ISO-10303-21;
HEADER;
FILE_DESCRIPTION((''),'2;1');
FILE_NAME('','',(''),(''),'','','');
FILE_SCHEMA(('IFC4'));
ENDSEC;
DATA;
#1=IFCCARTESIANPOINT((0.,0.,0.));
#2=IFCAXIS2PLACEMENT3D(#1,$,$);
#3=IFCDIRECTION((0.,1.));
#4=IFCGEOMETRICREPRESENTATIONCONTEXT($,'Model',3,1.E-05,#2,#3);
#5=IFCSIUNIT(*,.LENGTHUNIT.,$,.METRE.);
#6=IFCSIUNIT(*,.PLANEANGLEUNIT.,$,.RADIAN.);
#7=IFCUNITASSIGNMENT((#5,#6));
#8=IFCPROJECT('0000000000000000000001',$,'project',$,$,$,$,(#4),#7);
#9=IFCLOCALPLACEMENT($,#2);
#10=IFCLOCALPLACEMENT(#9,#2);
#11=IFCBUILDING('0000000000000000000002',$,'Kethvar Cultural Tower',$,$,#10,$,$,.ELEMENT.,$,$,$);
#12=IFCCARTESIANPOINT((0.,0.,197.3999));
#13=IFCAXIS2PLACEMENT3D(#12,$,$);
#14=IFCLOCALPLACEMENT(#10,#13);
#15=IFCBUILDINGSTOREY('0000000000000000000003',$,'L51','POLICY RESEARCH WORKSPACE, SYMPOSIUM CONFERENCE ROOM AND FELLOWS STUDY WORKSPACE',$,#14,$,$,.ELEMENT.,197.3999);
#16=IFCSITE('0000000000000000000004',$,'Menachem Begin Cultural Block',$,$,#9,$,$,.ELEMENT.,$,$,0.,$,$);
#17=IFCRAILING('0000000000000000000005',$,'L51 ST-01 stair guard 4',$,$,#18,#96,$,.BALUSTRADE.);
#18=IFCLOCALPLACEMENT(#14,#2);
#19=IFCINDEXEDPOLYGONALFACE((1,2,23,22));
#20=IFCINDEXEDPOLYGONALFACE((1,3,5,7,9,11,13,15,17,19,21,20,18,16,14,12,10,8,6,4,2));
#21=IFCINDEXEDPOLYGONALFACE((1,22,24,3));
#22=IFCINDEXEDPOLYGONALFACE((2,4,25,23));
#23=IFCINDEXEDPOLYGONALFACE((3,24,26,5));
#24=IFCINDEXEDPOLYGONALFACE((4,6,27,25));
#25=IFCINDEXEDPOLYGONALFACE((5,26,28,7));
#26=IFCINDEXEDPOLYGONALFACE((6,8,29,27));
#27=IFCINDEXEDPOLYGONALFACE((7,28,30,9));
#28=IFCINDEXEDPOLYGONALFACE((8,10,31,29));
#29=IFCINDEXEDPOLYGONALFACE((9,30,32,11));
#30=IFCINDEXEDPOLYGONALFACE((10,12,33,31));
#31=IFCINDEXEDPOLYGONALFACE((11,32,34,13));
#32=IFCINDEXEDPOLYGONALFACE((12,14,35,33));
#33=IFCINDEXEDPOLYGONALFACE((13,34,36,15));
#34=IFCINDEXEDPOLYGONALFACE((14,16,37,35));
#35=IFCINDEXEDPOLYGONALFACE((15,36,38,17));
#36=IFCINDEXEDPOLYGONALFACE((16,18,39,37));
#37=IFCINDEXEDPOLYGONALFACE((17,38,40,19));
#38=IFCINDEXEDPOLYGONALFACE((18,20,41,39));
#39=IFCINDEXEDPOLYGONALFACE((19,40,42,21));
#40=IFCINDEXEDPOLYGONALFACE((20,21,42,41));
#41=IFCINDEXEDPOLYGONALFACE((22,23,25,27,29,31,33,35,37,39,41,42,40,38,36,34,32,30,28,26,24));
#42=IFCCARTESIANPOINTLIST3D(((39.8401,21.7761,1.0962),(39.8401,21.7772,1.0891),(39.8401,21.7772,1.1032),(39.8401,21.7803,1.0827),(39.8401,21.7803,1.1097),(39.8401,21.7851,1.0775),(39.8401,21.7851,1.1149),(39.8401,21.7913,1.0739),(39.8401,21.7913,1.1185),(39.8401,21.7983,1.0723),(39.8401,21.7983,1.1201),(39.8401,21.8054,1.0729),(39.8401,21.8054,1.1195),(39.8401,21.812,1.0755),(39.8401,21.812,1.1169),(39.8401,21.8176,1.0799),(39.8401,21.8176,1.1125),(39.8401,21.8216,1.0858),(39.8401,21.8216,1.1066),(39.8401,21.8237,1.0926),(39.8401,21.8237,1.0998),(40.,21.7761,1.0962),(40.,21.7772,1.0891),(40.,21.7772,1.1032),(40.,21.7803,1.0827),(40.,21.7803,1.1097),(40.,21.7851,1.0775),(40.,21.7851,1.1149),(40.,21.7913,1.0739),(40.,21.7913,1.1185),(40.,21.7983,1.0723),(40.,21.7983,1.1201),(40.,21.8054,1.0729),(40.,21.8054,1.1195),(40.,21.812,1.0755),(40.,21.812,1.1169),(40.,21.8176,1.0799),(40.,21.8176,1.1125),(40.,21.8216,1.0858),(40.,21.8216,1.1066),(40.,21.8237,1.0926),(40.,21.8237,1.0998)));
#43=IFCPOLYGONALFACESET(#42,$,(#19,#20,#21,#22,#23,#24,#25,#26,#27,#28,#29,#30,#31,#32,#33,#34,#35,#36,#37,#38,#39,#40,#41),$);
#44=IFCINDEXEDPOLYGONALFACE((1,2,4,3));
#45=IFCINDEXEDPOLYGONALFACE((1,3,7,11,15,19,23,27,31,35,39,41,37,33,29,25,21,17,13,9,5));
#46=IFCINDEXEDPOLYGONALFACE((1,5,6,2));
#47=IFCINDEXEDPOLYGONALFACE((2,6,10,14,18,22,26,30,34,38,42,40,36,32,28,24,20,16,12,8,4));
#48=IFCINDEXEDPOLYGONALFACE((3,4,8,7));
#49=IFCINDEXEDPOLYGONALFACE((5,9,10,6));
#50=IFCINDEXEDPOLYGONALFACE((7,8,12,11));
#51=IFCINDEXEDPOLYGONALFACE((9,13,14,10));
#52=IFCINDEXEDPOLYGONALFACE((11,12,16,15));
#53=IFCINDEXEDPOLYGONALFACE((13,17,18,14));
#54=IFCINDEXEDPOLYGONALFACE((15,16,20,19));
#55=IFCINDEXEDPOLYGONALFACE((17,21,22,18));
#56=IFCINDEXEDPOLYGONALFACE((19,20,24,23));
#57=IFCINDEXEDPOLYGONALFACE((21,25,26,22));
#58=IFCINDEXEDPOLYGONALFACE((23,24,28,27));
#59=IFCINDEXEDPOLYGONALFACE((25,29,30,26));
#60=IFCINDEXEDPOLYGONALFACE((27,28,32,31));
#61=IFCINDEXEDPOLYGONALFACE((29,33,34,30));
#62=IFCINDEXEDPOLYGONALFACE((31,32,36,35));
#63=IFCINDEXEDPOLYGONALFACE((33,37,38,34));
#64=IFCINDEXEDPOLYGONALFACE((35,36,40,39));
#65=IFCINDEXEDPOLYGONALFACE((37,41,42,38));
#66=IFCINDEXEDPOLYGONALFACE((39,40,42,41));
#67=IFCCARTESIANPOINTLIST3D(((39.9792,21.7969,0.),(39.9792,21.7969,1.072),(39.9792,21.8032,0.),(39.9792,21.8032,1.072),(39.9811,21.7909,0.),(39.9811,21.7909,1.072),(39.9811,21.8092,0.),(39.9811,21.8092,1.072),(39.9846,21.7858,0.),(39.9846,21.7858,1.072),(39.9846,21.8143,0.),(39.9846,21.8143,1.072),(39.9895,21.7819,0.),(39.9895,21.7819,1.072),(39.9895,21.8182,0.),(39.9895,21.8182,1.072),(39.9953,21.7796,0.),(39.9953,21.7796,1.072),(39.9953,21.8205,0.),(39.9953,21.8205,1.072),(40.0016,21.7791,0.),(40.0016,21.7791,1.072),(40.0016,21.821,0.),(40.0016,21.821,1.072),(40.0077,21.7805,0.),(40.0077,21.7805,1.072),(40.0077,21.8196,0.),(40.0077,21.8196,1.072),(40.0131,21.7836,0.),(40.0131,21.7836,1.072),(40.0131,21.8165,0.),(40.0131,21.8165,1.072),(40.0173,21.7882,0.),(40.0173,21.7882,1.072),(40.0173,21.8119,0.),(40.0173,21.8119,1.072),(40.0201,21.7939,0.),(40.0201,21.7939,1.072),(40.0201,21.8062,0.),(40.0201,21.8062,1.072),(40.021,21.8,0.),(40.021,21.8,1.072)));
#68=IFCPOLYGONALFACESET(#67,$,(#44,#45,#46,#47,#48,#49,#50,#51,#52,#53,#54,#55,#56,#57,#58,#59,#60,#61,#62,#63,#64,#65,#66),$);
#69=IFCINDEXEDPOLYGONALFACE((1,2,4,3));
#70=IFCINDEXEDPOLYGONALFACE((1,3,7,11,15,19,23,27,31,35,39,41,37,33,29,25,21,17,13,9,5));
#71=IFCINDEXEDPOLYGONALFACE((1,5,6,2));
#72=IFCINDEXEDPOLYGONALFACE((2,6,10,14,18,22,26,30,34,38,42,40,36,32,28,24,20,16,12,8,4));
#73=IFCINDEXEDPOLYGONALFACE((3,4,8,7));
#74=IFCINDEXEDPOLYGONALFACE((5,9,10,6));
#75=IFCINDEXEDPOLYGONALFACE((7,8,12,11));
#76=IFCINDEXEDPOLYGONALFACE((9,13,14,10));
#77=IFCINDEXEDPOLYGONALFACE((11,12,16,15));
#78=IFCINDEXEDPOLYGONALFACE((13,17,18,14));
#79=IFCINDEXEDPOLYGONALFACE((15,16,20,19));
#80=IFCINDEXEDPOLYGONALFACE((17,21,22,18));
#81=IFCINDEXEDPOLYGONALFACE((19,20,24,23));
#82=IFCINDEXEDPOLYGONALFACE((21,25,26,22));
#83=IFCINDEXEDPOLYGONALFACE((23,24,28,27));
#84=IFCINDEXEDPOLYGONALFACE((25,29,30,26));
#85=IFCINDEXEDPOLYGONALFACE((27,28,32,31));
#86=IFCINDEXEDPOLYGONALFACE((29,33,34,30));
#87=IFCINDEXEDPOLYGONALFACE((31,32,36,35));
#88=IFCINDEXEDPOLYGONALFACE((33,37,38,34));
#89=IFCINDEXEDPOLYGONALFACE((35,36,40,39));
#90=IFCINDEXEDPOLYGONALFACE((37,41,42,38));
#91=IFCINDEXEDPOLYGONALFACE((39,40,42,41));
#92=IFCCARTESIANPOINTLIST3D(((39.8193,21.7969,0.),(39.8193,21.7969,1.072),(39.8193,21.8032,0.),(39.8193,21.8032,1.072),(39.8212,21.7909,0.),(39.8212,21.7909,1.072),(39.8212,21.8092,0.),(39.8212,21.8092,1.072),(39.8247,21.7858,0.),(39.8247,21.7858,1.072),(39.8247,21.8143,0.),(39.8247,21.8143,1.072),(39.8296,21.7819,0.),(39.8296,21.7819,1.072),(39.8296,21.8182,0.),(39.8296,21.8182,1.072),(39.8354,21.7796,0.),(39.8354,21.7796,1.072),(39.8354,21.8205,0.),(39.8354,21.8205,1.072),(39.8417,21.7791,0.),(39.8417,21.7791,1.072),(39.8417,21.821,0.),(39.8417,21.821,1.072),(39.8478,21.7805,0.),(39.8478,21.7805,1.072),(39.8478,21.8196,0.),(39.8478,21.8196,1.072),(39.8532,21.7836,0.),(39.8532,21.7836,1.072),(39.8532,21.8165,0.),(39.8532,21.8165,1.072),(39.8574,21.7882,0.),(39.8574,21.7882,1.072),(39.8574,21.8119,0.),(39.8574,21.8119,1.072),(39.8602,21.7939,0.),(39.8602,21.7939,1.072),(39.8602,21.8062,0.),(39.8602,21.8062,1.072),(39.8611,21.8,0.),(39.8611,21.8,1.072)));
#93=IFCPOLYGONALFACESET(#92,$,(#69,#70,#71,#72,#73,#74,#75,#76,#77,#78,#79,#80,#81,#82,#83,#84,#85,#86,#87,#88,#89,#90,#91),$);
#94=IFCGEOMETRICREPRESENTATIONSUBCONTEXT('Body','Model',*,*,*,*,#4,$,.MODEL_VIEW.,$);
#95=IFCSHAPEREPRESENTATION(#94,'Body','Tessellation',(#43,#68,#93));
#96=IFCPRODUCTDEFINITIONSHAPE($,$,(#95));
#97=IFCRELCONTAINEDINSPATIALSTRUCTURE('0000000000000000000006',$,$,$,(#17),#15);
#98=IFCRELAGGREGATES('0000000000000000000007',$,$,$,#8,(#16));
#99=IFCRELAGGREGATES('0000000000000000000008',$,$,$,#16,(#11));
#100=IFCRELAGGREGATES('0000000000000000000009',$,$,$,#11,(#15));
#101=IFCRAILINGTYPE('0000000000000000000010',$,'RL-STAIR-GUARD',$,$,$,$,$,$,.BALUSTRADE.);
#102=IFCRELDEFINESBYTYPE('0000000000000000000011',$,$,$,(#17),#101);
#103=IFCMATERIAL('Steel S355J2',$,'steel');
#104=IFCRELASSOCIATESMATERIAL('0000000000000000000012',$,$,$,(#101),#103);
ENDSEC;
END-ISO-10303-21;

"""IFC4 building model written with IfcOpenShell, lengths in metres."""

from ifc_helpers import new_model, si_unit, direction, frame, origin, origin_2d, place, context, subcontext, project, spatial, circle, extrude, material, type_object, element, save


model = new_model("IFC4")

# Units and contexts
model_context = context("Model", 3, precision=1e-05, world=origin(), true_north=direction((0.0, 1.0)))
body_context = subcontext(model_context, "Body", "Model", "MODEL_VIEW")
ifc_project = project(units=[si_unit("LENGTHUNIT", "METRE"), si_unit("PLANEANGLEUNIT", "RADIAN")], contexts=[model_context])

# Site, building, storey
site_placement = place(None, origin())
site = spatial("IfcSite", under=ifc_project, at=site_placement, Name="Menachem Begin Cultural Block", CompositionType="ELEMENT", RefElevation=0.0)
building_placement = place(site_placement, origin())
building = spatial("IfcBuilding", under=site, at=building_placement, Name="Kethvar Cultural Tower", CompositionType="ELEMENT")
storey_placement = place(building_placement, frame((0.0, 0.0, 197.3999)))
storey = spatial("IfcBuildingStorey", under=building, at=storey_placement, Name="L51", Description="POLICY RESEARCH WORKSPACE, SYMPOSIUM CONFERENCE ROOM AND FELLOWS STUDY WORKSPACE", CompositionType="ELEMENT", Elevation=197.3999)

# Shared definitions
ifc_material_1 = material(Name="Steel S355J2", Category="steel")

# Railing
railing_type_1 = type_object("IfcRailingType", Name="RL-STAIR-GUARD", PredefinedType="BALUSTRADE", material=ifc_material_1)
railing_1_placement = place(storey_placement, frame((40.0, 21.8, 0.0)))
element("IfcRailing", 1, at=railing_1_placement, inside=storey, type_object=railing_type_1, Name="L51 ST-01 stair guard 4", PredefinedType="BALUSTRADE", context=body_context, shape_type="SweptSolid", body=[
    extrude(circle(Radius=0.0239, at=origin_2d()), frame((0.0, 0.0, 1.0962), z_axis=(-1.0, 0.0, 0.0), x_axis=(0.0, -1.0, 0.0)), (0.0, 0.0, 1.0), 0.1599),
    extrude(circle(Radius=0.021, at=origin_2d()), origin(), (0.0, 0.0, 1.0), 1.072),
    extrude(circle(Radius=0.021, at=origin_2d()), frame((-0.1599, 0.0, 0.0)), (0.0, 0.0, 1.0), 1.072),
])

save(model, "model.ifc")
